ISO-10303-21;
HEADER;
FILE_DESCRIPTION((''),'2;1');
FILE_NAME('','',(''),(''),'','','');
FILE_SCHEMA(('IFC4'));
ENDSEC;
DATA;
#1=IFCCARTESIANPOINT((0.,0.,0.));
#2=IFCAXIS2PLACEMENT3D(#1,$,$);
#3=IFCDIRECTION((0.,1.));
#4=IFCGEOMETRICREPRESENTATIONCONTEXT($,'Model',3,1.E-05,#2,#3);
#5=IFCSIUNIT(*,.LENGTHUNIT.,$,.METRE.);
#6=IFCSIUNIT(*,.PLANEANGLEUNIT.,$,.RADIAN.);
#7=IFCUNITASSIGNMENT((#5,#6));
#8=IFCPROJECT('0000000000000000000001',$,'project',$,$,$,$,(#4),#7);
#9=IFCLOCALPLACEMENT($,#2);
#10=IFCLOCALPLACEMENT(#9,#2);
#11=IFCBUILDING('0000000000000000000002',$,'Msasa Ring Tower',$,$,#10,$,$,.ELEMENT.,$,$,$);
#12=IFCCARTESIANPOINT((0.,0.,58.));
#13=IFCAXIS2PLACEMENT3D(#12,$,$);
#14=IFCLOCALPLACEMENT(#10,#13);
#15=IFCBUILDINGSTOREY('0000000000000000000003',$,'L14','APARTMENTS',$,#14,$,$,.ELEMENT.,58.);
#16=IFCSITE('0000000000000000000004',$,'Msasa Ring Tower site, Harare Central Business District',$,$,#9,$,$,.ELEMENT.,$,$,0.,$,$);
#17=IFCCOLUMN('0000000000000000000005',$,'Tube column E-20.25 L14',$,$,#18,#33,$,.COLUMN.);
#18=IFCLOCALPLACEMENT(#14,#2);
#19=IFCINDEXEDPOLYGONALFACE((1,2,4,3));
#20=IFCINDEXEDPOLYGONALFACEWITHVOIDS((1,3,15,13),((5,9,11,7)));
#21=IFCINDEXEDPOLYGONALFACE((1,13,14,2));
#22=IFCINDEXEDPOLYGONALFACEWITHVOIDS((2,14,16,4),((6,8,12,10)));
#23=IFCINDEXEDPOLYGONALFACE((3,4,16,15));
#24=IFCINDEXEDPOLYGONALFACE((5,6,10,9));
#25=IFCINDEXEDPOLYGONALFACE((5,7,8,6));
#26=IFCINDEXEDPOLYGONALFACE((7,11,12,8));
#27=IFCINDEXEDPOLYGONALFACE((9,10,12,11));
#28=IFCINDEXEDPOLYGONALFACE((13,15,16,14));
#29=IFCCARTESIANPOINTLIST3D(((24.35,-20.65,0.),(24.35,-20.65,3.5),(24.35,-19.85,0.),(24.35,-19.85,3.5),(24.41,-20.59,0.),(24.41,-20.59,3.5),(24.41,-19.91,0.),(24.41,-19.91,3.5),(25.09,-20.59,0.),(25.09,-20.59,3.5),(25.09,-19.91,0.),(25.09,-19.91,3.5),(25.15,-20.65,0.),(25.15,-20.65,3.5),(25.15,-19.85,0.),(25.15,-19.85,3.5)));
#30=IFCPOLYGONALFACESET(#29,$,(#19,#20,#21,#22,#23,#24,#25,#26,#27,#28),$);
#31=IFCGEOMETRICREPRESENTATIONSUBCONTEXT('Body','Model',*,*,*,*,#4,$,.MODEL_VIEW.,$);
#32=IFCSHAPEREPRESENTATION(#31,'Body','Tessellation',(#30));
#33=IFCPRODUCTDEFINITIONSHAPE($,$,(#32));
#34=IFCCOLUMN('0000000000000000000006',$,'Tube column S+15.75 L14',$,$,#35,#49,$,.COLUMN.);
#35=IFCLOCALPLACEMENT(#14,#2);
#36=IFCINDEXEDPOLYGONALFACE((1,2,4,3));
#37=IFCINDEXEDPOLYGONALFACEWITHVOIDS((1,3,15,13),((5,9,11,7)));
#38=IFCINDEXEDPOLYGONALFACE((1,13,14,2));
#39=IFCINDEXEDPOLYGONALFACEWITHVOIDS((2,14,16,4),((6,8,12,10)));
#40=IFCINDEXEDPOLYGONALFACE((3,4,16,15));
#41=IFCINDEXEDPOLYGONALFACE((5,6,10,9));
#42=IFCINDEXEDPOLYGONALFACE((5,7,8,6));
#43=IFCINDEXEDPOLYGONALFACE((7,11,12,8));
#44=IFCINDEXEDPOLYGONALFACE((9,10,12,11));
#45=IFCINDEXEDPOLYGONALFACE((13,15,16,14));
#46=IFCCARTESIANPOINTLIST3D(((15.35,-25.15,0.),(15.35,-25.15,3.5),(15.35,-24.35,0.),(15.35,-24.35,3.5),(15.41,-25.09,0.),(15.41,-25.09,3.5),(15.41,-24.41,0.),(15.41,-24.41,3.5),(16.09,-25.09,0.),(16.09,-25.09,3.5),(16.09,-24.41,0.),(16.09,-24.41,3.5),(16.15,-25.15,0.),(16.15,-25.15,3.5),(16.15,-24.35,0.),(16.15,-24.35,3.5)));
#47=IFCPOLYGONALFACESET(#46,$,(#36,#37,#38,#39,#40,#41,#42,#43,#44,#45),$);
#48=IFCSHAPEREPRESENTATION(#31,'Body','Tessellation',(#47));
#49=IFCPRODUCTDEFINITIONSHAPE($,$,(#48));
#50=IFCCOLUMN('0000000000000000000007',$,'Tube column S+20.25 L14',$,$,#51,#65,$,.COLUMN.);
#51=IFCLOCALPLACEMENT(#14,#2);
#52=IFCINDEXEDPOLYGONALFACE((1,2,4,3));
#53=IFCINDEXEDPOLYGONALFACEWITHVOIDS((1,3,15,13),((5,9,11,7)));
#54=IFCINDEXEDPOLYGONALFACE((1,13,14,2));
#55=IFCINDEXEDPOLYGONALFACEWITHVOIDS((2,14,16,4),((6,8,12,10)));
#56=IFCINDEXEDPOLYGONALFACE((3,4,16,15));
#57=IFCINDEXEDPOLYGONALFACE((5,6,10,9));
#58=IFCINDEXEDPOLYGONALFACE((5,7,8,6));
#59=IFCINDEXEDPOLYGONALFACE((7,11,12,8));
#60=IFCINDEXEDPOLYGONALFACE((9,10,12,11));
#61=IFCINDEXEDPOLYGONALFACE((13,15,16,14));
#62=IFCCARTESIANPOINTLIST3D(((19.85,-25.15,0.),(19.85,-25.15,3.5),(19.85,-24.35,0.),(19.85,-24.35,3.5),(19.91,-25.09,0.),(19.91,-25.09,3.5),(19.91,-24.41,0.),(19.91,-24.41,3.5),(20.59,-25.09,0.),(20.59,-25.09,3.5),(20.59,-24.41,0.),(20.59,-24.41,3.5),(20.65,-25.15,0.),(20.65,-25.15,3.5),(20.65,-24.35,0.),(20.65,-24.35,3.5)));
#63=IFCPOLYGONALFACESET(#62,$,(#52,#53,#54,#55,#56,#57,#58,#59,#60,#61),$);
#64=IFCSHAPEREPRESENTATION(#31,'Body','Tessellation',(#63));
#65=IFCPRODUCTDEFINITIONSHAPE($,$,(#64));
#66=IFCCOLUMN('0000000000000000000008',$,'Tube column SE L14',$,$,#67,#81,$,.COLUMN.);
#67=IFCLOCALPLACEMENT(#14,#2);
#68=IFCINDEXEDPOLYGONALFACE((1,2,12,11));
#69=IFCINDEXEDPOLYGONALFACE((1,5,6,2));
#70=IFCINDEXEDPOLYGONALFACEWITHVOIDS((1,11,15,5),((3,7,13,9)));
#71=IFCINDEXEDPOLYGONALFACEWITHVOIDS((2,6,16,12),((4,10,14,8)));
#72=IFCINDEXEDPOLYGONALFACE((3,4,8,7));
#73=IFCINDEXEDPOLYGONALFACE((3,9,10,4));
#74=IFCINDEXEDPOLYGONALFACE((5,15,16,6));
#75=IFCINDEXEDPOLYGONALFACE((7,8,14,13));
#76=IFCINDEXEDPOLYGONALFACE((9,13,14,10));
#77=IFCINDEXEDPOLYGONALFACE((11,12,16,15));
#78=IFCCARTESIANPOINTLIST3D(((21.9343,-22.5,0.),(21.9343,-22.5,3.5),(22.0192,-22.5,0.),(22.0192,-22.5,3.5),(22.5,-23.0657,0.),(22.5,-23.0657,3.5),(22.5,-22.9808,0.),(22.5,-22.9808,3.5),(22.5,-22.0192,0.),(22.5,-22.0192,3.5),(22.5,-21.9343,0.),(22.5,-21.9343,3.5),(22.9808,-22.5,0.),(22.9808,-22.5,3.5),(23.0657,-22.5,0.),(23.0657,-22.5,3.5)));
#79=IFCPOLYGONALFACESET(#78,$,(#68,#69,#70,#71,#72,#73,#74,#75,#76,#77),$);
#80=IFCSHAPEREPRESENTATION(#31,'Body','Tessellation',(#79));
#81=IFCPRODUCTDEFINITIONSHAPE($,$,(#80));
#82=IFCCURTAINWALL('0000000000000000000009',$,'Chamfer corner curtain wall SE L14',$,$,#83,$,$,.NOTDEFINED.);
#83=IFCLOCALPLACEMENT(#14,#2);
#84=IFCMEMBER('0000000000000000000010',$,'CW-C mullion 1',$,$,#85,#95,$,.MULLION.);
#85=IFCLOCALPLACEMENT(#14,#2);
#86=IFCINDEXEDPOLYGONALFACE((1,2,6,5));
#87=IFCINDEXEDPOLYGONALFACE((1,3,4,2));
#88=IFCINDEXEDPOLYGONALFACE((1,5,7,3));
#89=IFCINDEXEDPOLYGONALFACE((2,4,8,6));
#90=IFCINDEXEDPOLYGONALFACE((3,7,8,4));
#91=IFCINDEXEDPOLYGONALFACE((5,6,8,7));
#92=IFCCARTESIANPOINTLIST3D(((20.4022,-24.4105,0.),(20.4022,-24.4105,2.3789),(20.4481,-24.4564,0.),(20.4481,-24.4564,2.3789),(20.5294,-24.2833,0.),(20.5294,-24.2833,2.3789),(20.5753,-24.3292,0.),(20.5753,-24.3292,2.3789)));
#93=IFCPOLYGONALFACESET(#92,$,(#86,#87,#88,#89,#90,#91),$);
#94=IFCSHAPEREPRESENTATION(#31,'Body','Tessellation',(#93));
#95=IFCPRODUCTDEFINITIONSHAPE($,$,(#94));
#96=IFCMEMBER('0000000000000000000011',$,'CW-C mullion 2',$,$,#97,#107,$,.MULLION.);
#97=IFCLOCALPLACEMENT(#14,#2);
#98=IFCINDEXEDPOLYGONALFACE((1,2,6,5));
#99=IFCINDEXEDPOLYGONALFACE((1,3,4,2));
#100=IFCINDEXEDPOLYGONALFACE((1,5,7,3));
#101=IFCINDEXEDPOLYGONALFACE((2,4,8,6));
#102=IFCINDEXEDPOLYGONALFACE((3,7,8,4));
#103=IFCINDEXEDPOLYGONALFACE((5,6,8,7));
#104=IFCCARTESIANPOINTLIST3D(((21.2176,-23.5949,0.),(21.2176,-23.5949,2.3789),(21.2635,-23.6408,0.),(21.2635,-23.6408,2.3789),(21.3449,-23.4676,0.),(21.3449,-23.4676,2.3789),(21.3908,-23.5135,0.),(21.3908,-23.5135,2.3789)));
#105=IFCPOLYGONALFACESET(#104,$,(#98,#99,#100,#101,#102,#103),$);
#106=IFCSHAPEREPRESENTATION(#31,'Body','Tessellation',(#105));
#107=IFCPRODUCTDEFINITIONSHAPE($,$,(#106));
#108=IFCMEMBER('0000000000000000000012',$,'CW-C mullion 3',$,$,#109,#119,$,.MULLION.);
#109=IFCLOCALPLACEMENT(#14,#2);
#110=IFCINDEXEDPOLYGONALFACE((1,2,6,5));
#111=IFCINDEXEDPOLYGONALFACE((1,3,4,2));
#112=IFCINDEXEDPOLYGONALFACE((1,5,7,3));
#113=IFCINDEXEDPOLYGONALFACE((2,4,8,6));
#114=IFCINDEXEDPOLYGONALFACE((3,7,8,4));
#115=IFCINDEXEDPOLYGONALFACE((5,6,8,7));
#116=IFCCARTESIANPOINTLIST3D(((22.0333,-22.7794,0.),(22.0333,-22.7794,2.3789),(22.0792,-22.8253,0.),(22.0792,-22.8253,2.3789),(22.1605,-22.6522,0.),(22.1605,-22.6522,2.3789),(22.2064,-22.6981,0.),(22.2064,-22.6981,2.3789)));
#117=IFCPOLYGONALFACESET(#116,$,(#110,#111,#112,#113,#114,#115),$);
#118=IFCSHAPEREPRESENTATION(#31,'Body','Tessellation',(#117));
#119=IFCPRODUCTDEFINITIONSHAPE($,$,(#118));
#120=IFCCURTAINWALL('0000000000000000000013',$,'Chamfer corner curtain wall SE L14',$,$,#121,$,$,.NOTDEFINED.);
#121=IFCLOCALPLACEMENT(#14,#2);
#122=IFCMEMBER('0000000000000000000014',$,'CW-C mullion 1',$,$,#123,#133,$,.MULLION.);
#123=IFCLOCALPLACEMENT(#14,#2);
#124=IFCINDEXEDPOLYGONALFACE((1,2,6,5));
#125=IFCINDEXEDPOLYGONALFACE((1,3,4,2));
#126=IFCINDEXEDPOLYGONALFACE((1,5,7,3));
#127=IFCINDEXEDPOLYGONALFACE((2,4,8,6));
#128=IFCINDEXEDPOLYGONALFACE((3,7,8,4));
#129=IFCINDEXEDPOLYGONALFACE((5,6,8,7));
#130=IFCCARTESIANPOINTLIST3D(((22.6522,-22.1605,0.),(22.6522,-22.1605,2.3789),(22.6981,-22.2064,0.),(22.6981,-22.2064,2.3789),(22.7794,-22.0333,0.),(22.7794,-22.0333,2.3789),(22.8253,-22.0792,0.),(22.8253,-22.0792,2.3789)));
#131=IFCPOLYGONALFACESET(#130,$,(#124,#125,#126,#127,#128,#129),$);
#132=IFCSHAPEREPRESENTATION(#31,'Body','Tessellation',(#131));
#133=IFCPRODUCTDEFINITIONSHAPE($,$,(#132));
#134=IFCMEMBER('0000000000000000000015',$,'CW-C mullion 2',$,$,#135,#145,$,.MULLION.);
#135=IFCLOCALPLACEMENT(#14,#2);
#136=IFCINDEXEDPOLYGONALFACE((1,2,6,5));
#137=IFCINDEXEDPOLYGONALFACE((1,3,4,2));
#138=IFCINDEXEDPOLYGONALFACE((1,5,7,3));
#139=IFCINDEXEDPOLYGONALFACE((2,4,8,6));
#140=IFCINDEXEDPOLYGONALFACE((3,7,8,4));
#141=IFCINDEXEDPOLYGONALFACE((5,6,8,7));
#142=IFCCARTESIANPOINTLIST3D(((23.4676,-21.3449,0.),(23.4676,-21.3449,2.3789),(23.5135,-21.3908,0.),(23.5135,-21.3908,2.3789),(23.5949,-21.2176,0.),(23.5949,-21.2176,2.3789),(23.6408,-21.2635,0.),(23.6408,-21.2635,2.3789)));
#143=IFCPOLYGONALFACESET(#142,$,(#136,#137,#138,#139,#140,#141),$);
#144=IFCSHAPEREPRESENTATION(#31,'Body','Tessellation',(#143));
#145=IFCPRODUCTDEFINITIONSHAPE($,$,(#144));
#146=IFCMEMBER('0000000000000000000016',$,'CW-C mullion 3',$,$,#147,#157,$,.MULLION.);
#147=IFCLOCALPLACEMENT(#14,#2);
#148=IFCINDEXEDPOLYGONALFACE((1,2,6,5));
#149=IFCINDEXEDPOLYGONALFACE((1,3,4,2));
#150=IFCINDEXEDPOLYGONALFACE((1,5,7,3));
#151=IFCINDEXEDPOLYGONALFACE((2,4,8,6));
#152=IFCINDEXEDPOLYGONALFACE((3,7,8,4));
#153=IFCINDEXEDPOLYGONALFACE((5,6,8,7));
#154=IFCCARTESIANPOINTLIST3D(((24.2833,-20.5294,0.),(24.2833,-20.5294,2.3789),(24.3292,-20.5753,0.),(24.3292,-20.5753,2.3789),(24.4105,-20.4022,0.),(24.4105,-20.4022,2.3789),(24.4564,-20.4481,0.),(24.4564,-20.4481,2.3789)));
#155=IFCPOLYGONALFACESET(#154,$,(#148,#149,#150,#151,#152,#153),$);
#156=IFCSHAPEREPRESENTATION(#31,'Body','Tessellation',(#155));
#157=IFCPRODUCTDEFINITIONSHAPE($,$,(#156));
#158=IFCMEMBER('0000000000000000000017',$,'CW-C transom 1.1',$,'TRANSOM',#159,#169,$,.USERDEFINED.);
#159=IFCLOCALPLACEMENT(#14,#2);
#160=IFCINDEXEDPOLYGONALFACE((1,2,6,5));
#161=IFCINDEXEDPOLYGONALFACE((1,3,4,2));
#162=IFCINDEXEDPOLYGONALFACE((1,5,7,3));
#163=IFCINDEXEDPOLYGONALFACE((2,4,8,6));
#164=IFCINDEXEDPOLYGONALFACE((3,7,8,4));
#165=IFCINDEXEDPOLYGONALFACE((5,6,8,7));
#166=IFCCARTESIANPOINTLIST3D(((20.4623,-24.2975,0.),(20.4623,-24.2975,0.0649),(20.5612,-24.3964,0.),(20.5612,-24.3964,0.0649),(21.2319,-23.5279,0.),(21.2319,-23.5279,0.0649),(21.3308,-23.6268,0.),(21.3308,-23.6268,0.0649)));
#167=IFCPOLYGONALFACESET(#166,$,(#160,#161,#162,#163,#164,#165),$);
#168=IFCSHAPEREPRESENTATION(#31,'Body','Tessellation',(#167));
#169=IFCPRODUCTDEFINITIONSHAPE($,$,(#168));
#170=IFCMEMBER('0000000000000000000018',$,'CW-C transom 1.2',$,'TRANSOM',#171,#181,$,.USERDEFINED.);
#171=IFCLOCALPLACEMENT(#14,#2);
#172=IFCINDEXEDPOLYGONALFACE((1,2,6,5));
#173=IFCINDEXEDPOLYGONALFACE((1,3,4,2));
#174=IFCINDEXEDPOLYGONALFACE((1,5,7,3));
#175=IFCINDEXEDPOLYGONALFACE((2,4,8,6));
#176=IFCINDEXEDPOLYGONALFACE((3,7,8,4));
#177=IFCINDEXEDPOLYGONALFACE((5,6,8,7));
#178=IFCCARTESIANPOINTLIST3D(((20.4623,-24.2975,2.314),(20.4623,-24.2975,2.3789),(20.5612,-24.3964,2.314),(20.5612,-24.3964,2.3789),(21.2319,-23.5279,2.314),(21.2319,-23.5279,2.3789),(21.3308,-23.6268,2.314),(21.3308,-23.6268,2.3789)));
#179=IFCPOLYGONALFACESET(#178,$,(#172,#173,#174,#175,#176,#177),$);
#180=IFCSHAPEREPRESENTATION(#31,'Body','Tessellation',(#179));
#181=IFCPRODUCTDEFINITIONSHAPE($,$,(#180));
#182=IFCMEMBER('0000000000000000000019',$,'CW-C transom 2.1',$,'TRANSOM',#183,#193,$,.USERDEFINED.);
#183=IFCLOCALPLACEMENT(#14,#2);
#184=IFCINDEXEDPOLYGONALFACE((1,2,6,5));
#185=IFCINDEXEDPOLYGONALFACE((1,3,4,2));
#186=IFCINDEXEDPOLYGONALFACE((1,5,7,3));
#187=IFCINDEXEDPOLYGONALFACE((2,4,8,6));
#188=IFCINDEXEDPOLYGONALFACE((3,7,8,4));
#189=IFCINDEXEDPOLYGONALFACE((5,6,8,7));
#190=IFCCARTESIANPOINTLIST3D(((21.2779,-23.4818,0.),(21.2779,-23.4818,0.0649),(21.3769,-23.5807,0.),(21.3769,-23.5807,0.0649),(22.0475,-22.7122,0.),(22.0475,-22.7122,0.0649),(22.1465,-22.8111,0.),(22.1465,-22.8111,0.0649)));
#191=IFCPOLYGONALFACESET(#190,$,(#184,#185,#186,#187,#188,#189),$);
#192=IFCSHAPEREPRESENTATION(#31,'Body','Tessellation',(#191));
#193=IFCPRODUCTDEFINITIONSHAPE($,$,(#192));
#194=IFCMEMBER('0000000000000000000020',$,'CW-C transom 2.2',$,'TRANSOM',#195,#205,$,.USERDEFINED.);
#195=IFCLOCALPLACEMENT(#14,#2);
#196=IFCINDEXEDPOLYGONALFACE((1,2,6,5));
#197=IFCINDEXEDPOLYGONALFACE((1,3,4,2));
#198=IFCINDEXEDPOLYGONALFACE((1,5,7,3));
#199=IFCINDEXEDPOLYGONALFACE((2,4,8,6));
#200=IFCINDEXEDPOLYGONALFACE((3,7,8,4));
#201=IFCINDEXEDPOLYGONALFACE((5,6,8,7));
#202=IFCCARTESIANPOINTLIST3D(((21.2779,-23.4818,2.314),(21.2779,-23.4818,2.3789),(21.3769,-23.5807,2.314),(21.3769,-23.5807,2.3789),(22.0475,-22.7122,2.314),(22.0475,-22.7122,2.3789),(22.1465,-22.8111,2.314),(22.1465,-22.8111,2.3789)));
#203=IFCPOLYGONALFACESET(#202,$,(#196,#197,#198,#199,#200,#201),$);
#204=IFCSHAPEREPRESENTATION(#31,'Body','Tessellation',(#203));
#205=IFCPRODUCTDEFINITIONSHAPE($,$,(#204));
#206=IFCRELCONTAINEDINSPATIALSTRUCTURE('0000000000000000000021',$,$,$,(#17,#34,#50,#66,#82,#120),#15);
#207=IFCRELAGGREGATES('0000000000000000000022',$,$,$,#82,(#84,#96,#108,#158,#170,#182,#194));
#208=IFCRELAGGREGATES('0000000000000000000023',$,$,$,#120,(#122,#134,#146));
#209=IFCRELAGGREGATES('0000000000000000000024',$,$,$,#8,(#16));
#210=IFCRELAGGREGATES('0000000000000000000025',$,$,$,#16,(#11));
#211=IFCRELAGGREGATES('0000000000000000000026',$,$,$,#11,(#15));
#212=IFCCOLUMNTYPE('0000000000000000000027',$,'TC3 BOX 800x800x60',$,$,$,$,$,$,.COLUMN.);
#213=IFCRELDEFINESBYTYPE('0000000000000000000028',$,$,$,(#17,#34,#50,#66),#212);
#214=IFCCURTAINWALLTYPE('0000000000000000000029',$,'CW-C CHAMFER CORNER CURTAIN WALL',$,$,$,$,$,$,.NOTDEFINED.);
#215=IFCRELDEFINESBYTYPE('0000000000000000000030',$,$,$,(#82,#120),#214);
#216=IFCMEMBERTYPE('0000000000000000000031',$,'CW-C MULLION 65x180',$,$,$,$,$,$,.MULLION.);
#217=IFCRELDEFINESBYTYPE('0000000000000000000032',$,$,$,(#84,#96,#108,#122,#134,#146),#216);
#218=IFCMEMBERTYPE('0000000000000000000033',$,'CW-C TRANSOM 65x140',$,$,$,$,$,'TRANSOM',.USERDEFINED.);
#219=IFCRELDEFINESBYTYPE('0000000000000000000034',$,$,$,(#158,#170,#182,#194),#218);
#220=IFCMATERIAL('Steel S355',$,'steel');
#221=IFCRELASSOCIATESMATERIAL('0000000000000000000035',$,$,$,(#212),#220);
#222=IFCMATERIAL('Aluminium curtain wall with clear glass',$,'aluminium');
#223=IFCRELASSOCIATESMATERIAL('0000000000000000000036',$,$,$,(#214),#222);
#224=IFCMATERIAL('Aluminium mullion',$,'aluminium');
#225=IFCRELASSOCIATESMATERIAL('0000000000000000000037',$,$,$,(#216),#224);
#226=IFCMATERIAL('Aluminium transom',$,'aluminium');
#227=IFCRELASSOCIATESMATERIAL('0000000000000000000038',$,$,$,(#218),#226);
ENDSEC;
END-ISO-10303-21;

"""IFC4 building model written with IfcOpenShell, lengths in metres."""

from ifc_helpers import new_model, si_unit, direction, frame, origin, origin_2d, place, context, subcontext, project, spatial, rectangle, hollow_rectangle, extrude, material, material_profile, profile_set, type_object, element, aggregate, save


model = new_model("IFC4")

# Units and contexts
model_context = context("Model", 3, precision=1e-05, world=origin(), true_north=direction((0.0, 1.0)))
body_context = subcontext(model_context, "Body", "Model", "MODEL_VIEW")
ifc_project = project(units=[si_unit("LENGTHUNIT", "METRE"), si_unit("PLANEANGLEUNIT", "RADIAN")], contexts=[model_context])

# Site, building, storey
site_placement = place(None, origin())
site = spatial("IfcSite", under=ifc_project, at=site_placement, Name="Msasa Ring Tower site, Harare Central Business District", CompositionType="ELEMENT", RefElevation=0.0)
building_placement = place(site_placement, origin())
building = spatial("IfcBuilding", under=site, at=building_placement, Name="Msasa Ring Tower", CompositionType="ELEMENT")
storey_placement = place(building_placement, frame((0.0, 0.0, 58.0)))
storey = spatial("IfcBuildingStorey", under=building, at=storey_placement, Name="L14", Description="APARTMENTS", CompositionType="ELEMENT", Elevation=58.0)

# Columns
ifc_material_1 = material(Name="Steel S355", Category="steel")
ifc_material_profile_1 = material_profile(ifc_material_1, hollow_rectangle(XDim=0.8, YDim=0.8, WallThickness=0.0601, at=origin_2d()), Name="BOX 800x800x60")
ifc_profile_set_1 = profile_set([ifc_material_profile_1], Name="Steel S355")
column_type = type_object("IfcColumnType", Name="TC3 BOX 800x800x60", PredefinedType="COLUMN", material=ifc_profile_set_1)
for number, where, z_axis, x_axis, name in (
    (1, (24.75, -20.25, 0.0), (0.0, 0.0, 1.0), (1.0, 0.0, 0.0), "Tube column E-20.25 L14"),
    (2, (15.75, -24.75, 0.0), (0.0, 0.0, 1.0), (0.0, 1.0, 0.0), "Tube column S+15.75 L14"),
    (3, (20.25, -24.75, 0.0), (0.0, 0.0, 1.0), (0.0, 1.0, 0.0), "Tube column S+20.25 L14"),
    (4, (22.5, -22.5, 0.0), (0.0, 0.0, 1.0), (0.707107, -0.707107, 0.0), "Tube column SE L14"),
):
    element("IfcColumn", number, at=place(storey_placement, frame(where, z_axis=z_axis, x_axis=x_axis)), inside=storey, type_object=column_type, Name=name, PredefinedType="COLUMN", context=body_context, shape_type="SweptSolid", body=[
        extrude(hollow_rectangle(XDim=0.8, YDim=0.8, WallThickness=0.0601, at=origin_2d()), origin(), (0.0, 0.0, 1.0), 3.5),
    ])

# Curtain walls, members
ifc_material_2 = material(Name="Aluminium curtain wall with clear glass", Category="aluminium")
curtain_wall_type = type_object("IfcCurtainWallType", Name="CW-C CHAMFER CORNER CURTAIN WALL", PredefinedType="NOTDEFINED", material=ifc_material_2)
curtain_wall_1_placement = place(storey_placement, origin())
curtain_wall_1 = element("IfcCurtainWall", 5, at=curtain_wall_1_placement, inside=storey, type_object=curtain_wall_type, Name="Chamfer corner curtain wall SE L14", PredefinedType="NOTDEFINED")
ifc_material_3 = material(Name="Aluminium mullion", Category="aluminium")
ifc_material_profile_2 = material_profile(ifc_material_3, rectangle(XDim=0.0649, YDim=0.1799, at=origin_2d()), Name="AL 65x180")
ifc_profile_set_2 = profile_set([ifc_material_profile_2], Name="Aluminium mullion")
member_type_1 = type_object("IfcMemberType", Name="CW-C MULLION 65x180", PredefinedType="MULLION", material=ifc_profile_set_2)
member_1_placement = place(storey_placement, frame((20.4888, -24.3699, 0.0), z_axis=(0.0, 0.0, 1.0), x_axis=(-0.707107, 0.707107, 0.0)))
member_1 = element("IfcMember", 6, at=member_1_placement, type_object=member_type_1, Name="CW-C mullion 1", PredefinedType="MULLION", context=body_context, shape_type="SweptSolid", body=[
    extrude(rectangle(XDim=0.0649, YDim=0.1799, at=origin_2d()), origin(), (0.0, 0.0, 1.0), 2.3789),
])
member_2_placement = place(storey_placement, frame((21.3042, -23.5542, 0.0), z_axis=(0.0, 0.0, 1.0), x_axis=(-0.707107, 0.707107, 0.0)))
member_2 = element("IfcMember", 7, at=member_2_placement, type_object=member_type_1, Name="CW-C mullion 2", PredefinedType="MULLION", context=body_context, shape_type="SweptSolid", body=[
    extrude(rectangle(XDim=0.0649, YDim=0.1799, at=origin_2d()), origin(), (0.0, 0.0, 1.0), 2.3789),
])
member_3_placement = place(storey_placement, frame((22.1199, -22.7388, 0.0), z_axis=(0.0, 0.0, 1.0), x_axis=(-0.707107, 0.707107, 0.0)))
member_3 = element("IfcMember", 8, at=member_3_placement, type_object=member_type_1, Name="CW-C mullion 3", PredefinedType="MULLION", context=body_context, shape_type="SweptSolid", body=[
    extrude(rectangle(XDim=0.0649, YDim=0.1799, at=origin_2d()), origin(), (0.0, 0.0, 1.0), 2.3789),
])
curtain_wall_2_placement = place(storey_placement, origin())
curtain_wall_2 = element("IfcCurtainWall", 9, at=curtain_wall_2_placement, inside=storey, type_object=curtain_wall_type, Name="Chamfer corner curtain wall SE L14", PredefinedType="NOTDEFINED")
member_4_placement = place(storey_placement, frame((22.7388, -22.1199, 0.0), z_axis=(0.0, 0.0, 1.0), x_axis=(-0.707107, 0.707107, 0.0)))
member_4 = element("IfcMember", 10, at=member_4_placement, type_object=member_type_1, Name="CW-C mullion 1", PredefinedType="MULLION", context=body_context, shape_type="SweptSolid", body=[
    extrude(rectangle(XDim=0.0649, YDim=0.1799, at=origin_2d()), origin(), (0.0, 0.0, 1.0), 2.3789),
])
member_5_placement = place(storey_placement, frame((23.5542, -21.3042, 0.0), z_axis=(0.0, 0.0, 1.0), x_axis=(-0.707107, 0.707107, 0.0)))
member_5 = element("IfcMember", 11, at=member_5_placement, type_object=member_type_1, Name="CW-C mullion 2", PredefinedType="MULLION", context=body_context, shape_type="SweptSolid", body=[
    extrude(rectangle(XDim=0.0649, YDim=0.1799, at=origin_2d()), origin(), (0.0, 0.0, 1.0), 2.3789),
])
member_6_placement = place(storey_placement, frame((24.3699, -20.4888, 0.0), z_axis=(0.0, 0.0, 1.0), x_axis=(-0.707107, 0.707107, 0.0)))
member_6 = element("IfcMember", 12, at=member_6_placement, type_object=member_type_1, Name="CW-C mullion 3", PredefinedType="MULLION", context=body_context, shape_type="SweptSolid", body=[
    extrude(rectangle(XDim=0.0649, YDim=0.1799, at=origin_2d()), origin(), (0.0, 0.0, 1.0), 2.3789),
])

# Members
ifc_material_4 = material(Name="Aluminium transom", Category="aluminium")
ifc_material_profile_3 = material_profile(ifc_material_4, rectangle(XDim=0.1399, YDim=0.0649, at=origin_2d()), Name="AL 65x140")
ifc_profile_set_3 = profile_set([ifc_material_profile_3], Name="Aluminium transom")
member_type_2 = type_object("IfcMemberType", Name="CW-C TRANSOM 65x140", ElementType="TRANSOM", PredefinedType="USERDEFINED", material=ifc_profile_set_3)
member_7_placement = place(storey_placement, frame((20.5117, -24.3469, 0.0325), z_axis=(0.707107, 0.707107, 0.0), x_axis=(-0.707107, 0.707107, 0.0)))
member_7 = element("IfcMember", 13, at=member_7_placement, type_object=member_type_2, Name="CW-C transom 1.1", ObjectType="TRANSOM", PredefinedType="USERDEFINED", context=body_context, shape_type="SweptSolid", body=[
    extrude(rectangle(XDim=0.1399, YDim=0.0649, at=origin_2d()), origin(), (0.0, 0.0, 1.0), 1.0884),
])
member_8_placement = place(storey_placement, frame((20.5117, -24.3469, 2.3464), z_axis=(0.707107, 0.707107, 0.0), x_axis=(-0.707107, 0.707107, 0.0)))
member_8 = element("IfcMember", 14, at=member_8_placement, type_object=member_type_2, Name="CW-C transom 1.2", ObjectType="TRANSOM", PredefinedType="USERDEFINED", context=body_context, shape_type="SweptSolid", body=[
    extrude(rectangle(XDim=0.1399, YDim=0.0649, at=origin_2d()), origin(), (0.0, 0.0, 1.0), 1.0884),
])
member_9_placement = place(storey_placement, frame((21.3274, -23.5312, 0.0325), z_axis=(0.707107, 0.707107, 0.0), x_axis=(-0.707107, 0.707107, 0.0)))
member_9 = element("IfcMember", 15, at=member_9_placement, type_object=member_type_2, Name="CW-C transom 2.1", ObjectType="TRANSOM", PredefinedType="USERDEFINED", context=body_context, shape_type="SweptSolid", body=[
    extrude(rectangle(XDim=0.1399, YDim=0.0649, at=origin_2d()), origin(), (0.0, 0.0, 1.0), 1.0884),
])
member_10_placement = place(storey_placement, frame((21.3274, -23.5312, 2.3464), z_axis=(0.707107, 0.707107, 0.0), x_axis=(-0.707107, 0.707107, 0.0)))
member_10 = element("IfcMember", 16, at=member_10_placement, type_object=member_type_2, Name="CW-C transom 2.2", ObjectType="TRANSOM", PredefinedType="USERDEFINED", context=body_context, shape_type="SweptSolid", body=[
    extrude(rectangle(XDim=0.1399, YDim=0.0649, at=origin_2d()), origin(), (0.0, 0.0, 1.0), 1.0884),
])

aggregate(curtain_wall_1, [member_1, member_2, member_3, member_7, member_8, member_9, member_10])
aggregate(curtain_wall_2, [member_4, member_5, member_6])

save(model, "model.ifc")
